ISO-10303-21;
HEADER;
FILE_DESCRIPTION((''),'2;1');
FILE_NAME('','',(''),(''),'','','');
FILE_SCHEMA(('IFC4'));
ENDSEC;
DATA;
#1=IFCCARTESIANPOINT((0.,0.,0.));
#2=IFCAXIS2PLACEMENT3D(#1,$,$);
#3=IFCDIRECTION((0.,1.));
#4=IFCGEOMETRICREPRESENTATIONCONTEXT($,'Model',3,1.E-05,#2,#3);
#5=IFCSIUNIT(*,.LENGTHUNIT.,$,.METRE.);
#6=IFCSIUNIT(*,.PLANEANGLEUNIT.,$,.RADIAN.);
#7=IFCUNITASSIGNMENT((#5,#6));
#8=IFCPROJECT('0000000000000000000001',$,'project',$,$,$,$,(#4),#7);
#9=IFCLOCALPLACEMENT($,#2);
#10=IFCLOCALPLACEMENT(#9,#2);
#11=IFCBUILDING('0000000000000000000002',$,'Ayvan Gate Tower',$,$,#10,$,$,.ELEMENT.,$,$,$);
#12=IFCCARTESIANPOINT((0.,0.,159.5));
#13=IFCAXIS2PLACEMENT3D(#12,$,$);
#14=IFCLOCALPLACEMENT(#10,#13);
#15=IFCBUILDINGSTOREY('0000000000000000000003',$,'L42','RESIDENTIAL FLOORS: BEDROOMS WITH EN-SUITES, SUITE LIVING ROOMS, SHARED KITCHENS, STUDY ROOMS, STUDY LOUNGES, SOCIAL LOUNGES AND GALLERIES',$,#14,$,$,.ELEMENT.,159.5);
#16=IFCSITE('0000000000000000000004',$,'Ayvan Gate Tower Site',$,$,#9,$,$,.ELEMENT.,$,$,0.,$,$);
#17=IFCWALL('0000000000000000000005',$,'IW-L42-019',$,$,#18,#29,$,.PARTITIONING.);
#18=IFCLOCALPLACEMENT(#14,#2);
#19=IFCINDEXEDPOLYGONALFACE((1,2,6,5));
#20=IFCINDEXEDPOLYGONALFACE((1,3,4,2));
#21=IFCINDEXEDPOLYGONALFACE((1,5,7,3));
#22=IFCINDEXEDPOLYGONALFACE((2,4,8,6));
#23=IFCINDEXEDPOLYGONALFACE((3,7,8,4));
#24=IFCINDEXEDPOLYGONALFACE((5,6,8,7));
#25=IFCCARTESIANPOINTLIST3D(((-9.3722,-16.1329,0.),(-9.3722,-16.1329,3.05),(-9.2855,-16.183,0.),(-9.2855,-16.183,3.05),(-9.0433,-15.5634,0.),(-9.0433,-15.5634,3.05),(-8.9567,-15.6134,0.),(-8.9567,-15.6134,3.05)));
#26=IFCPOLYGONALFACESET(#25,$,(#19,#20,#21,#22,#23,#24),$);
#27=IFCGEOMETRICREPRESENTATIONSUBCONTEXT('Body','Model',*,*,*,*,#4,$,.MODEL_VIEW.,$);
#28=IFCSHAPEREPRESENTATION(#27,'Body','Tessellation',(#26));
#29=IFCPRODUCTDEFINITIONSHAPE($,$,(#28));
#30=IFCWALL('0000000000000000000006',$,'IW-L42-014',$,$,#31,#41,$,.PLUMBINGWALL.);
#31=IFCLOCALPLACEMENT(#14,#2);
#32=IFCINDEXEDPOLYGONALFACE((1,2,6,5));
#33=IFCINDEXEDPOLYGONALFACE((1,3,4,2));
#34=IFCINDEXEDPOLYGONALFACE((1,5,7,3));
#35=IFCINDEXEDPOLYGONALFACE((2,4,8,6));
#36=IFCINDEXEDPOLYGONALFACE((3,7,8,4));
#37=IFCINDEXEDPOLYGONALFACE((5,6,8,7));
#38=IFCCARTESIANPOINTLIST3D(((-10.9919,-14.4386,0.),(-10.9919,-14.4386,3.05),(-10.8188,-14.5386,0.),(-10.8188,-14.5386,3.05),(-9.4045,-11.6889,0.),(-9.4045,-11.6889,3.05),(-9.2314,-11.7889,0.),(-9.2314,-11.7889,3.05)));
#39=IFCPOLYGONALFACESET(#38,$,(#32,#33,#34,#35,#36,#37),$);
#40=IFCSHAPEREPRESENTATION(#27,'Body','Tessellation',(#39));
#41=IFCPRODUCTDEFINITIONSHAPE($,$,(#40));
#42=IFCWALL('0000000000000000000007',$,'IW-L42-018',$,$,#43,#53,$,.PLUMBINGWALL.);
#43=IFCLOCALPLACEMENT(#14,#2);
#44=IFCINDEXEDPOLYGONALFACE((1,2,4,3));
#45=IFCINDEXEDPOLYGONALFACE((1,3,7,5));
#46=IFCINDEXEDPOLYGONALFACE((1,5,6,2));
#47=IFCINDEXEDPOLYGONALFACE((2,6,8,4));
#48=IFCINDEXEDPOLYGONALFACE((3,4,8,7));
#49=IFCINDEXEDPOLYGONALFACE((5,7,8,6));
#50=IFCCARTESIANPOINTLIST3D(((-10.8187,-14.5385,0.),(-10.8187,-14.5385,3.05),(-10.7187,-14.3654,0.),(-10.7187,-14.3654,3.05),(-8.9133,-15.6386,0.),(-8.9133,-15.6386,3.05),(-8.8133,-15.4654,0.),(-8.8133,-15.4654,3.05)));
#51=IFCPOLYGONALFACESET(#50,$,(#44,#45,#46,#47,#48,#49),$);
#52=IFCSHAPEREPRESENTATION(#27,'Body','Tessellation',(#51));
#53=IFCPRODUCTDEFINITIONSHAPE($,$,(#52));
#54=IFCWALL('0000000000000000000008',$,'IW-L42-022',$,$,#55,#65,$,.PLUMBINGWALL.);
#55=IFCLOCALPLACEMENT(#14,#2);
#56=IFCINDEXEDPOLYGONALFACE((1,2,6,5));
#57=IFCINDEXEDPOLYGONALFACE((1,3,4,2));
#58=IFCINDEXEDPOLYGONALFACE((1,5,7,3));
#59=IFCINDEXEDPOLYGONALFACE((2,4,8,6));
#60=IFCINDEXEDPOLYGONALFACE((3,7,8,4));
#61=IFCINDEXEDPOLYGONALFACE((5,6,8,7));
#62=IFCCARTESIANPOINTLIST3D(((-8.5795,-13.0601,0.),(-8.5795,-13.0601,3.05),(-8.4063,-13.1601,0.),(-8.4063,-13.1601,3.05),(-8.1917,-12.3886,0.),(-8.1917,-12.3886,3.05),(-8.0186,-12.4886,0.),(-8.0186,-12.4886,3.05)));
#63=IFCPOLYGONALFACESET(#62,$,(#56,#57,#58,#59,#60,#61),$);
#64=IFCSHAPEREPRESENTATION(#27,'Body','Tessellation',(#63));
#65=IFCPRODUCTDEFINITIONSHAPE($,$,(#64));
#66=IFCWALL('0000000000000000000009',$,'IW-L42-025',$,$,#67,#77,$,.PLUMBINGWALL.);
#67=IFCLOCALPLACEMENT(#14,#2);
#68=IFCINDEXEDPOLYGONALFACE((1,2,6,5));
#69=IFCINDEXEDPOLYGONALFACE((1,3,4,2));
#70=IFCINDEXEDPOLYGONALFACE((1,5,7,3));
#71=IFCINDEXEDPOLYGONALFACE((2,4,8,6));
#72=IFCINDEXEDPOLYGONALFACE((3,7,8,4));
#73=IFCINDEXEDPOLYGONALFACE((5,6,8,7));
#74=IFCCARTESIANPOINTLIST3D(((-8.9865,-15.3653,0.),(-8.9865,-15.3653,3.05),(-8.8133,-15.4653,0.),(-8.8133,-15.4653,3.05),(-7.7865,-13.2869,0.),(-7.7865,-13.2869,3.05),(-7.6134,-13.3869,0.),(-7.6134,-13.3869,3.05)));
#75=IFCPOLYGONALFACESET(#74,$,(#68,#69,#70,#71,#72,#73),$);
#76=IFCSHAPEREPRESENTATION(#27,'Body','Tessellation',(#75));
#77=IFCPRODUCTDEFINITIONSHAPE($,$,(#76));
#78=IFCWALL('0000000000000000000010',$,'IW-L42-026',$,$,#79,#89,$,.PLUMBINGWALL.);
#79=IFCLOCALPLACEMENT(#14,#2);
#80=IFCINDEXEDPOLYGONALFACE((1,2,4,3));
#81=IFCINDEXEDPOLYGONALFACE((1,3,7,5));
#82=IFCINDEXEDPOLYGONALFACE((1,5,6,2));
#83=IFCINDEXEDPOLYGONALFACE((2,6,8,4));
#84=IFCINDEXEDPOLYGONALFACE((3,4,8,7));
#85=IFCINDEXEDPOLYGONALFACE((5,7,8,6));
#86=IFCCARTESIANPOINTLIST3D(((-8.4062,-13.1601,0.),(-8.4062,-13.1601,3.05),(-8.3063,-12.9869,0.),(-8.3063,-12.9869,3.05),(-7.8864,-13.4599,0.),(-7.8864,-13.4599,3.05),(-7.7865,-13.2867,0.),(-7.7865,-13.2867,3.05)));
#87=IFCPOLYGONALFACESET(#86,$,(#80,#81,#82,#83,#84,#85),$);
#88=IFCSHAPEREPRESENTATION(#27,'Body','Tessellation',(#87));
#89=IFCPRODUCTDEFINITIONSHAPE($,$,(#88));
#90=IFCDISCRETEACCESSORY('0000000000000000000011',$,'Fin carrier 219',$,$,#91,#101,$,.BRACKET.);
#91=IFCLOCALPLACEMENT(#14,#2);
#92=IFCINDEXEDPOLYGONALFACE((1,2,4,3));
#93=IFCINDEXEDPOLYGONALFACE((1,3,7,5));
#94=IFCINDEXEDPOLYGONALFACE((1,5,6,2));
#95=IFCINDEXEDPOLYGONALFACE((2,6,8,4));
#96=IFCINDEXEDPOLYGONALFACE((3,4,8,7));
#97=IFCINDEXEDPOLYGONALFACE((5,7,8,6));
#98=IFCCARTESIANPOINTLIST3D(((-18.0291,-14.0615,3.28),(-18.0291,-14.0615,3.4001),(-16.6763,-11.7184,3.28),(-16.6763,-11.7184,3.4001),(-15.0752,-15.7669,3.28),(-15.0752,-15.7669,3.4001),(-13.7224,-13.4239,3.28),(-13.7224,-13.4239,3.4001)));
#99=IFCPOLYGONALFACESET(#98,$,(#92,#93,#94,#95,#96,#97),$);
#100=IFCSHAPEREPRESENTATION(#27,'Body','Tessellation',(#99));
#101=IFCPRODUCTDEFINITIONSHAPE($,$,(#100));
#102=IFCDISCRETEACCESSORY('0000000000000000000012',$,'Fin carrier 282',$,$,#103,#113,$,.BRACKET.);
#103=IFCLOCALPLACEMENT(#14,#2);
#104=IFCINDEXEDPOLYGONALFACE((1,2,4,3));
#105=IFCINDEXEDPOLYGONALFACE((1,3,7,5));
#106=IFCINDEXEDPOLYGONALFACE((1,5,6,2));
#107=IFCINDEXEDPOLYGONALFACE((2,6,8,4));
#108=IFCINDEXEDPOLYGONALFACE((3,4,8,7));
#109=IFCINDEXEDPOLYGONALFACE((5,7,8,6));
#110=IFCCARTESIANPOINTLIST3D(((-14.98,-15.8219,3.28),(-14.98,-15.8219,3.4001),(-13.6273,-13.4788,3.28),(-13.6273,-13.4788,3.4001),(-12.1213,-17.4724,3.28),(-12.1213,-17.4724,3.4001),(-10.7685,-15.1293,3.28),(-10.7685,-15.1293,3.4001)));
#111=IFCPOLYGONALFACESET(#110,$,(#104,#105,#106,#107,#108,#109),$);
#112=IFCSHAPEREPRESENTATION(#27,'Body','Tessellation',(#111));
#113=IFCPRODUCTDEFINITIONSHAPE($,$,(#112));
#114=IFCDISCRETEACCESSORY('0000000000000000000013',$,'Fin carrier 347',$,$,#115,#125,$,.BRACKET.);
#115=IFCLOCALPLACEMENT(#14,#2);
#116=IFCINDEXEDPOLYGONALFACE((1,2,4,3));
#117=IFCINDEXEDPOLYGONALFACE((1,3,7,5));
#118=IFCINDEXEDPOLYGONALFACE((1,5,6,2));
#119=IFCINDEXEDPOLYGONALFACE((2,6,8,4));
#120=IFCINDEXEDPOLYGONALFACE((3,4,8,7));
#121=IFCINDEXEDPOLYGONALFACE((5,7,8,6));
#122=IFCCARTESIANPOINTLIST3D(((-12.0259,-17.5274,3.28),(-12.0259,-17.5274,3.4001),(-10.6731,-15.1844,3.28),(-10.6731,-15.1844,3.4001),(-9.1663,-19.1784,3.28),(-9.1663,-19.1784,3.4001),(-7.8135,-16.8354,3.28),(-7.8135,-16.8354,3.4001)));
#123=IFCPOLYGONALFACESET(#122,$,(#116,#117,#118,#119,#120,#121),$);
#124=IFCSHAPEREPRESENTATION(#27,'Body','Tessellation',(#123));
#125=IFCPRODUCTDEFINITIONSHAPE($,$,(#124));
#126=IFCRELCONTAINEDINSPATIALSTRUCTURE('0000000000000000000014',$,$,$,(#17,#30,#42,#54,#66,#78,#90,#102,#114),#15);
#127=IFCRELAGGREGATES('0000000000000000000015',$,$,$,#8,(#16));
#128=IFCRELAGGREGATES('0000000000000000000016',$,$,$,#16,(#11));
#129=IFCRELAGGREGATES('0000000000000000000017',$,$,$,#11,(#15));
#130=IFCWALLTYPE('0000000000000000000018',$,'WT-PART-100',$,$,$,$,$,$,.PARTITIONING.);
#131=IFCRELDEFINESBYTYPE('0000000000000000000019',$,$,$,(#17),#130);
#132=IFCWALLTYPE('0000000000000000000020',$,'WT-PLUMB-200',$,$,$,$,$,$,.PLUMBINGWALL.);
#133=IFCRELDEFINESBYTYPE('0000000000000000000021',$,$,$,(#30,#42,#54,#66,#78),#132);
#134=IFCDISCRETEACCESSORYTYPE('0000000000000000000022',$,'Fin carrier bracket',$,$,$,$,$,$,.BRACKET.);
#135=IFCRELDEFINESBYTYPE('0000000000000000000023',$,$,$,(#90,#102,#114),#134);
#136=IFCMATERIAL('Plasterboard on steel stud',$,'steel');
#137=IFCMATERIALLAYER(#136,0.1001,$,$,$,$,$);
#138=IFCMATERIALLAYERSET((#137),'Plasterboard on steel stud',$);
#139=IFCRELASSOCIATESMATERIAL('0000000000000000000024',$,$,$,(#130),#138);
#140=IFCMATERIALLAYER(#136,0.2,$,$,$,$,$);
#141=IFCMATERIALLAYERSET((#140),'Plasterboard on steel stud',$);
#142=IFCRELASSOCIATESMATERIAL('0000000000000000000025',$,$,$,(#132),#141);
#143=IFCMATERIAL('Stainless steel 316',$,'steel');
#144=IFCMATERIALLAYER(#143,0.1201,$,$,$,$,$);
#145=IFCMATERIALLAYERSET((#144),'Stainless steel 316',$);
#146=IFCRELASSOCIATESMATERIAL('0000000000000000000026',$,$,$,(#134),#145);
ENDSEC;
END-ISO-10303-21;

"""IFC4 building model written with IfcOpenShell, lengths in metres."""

from ifc_helpers import new_model, si_unit, direction, frame, frame_2d, origin, origin_2d, place, context, subcontext, project, spatial, rectangle, extrude, material, layer, layer_set, type_object, element, save


model = new_model("IFC4")

# Units and contexts
model_context = context("Model", 3, precision=1e-05, world=origin(), true_north=direction((0.0, 1.0)))
body_context = subcontext(model_context, "Body", "Model", "MODEL_VIEW")
ifc_project = project(units=[si_unit("LENGTHUNIT", "METRE"), si_unit("PLANEANGLEUNIT", "RADIAN")], contexts=[model_context])

# Site, building, storey
site_placement = place(None, origin())
site = spatial("IfcSite", under=ifc_project, at=site_placement, Name="Ayvan Gate Tower Site", CompositionType="ELEMENT", RefElevation=0.0)
building_placement = place(site_placement, origin())
building = spatial("IfcBuilding", under=site, at=building_placement, Name="Ayvan Gate Tower", CompositionType="ELEMENT")
storey_placement = place(building_placement, frame((0.0, 0.0, 159.5)))
storey = spatial("IfcBuildingStorey", under=building, at=storey_placement, Name="L42", Description="RESIDENTIAL FLOORS: BEDROOMS WITH EN-SUITES, SUITE LIVING ROOMS, SHARED KITCHENS, STUDY ROOMS, STUDY LOUNGES, SOCIAL LOUNGES AND GALLERIES", CompositionType="ELEMENT", Elevation=159.5)

# Walls
ifc_material_1 = material(Name="Plasterboard on steel stud", Category="steel")
ifc_layer_1 = layer(ifc_material_1, 0.1001)
ifc_layer_set_1 = layer_set([ifc_layer_1], Name="Plasterboard on steel stud")
wall_type_1 = type_object("IfcWallType", Name="WT-PART-100", PredefinedType="PARTITIONING", material=ifc_layer_set_1)
wall_1_placement = place(storey_placement, frame((-9.0, -15.5884, 0.0), z_axis=(0.0, 0.0, 1.0), x_axis=(-0.500012, -0.866019, 0.0)))
element("IfcWall", 1, at=wall_1_placement, inside=storey, type_object=wall_type_1, Name="IW-L42-019", PredefinedType="PARTITIONING", context=body_context, shape_type="SweptSolid", body=[
    extrude(rectangle(XDim=0.6577, YDim=0.1001, at=frame_2d((0.3289, 0.0))), origin(), (0.0, 0.0, 1.0), 3.05),
])
ifc_layer_2 = layer(ifc_material_1, 0.2)
ifc_layer_set_2 = layer_set([ifc_layer_2], Name="Plasterboard on steel stud")
wall_type_2 = type_object("IfcWallType", Name="WT-PLUMB-200", PredefinedType="PLUMBINGWALL", material=ifc_layer_set_2)
wall_2_placement = place(storey_placement, frame((-10.9053, -14.4885, 0.0), z_axis=(0.0, 0.0, 1.0), x_axis=(0.49996, 0.866049, 0.0)))
element("IfcWall", 2, at=wall_2_placement, inside=storey, type_object=wall_type_2, Name="IW-L42-014", PredefinedType="PLUMBINGWALL", context=body_context, shape_type="SweptSolid", body=[
    extrude(rectangle(XDim=3.175, YDim=0.2, at=frame_2d((1.5874, 0.0))), origin(), (0.0, 0.0, 1.0), 3.05),
])
wall_3_placement = place(storey_placement, frame((-8.8633, -15.552, 0.0), z_axis=(0.0, 0.0, 1.0), x_axis=(-0.866036, 0.499982, 0.0)))
element("IfcWall", 3, at=wall_3_placement, inside=storey, type_object=wall_type_2, Name="IW-L42-018", PredefinedType="PLUMBINGWALL", context=body_context, shape_type="SweptSolid", body=[
    extrude(rectangle(XDim=2.2002, YDim=0.2, at=frame_2d((1.1001, 0.0))), origin(), (0.0, 0.0, 1.0), 3.05),
])
wall_4_placement = place(storey_placement, frame((-8.4929, -13.1101, 0.0), z_axis=(0.0, 0.0, 1.0), x_axis=(0.500068, 0.865986, 0.0)))
element("IfcWall", 4, at=wall_4_placement, inside=storey, type_object=wall_type_2, Name="IW-L42-022", PredefinedType="PLUMBINGWALL", context=body_context, shape_type="SweptSolid", body=[
    extrude(rectangle(XDim=0.7754, YDim=0.2, at=frame_2d((0.3877, 0.0))), origin(), (0.0, 0.0, 1.0), 3.05),
])
wall_5_placement = place(storey_placement, frame((-7.7, -13.3369, 0.0), z_axis=(0.0, 0.0, 1.0), x_axis=(-0.500001, -0.866025, 0.0)))
element("IfcWall", 5, at=wall_5_placement, inside=storey, type_object=wall_type_2, Name="IW-L42-025", PredefinedType="PLUMBINGWALL", context=body_context, shape_type="SweptSolid", body=[
    extrude(rectangle(XDim=2.3999, YDim=0.2, at=frame_2d((1.2, 0.0))), origin(), (0.0, 0.0, 1.0), 3.05),
])
wall_6_placement = place(storey_placement, frame((-7.8364, -13.3733, 0.0), z_axis=(0.0, 0.0, 1.0), x_axis=(-0.866233, 0.49964, 0.0)))
element("IfcWall", 6, at=wall_6_placement, inside=storey, type_object=wall_type_2, Name="IW-L42-026", PredefinedType="PLUMBINGWALL", context=body_context, shape_type="SweptSolid", body=[
    extrude(rectangle(XDim=0.6001, YDim=0.2, at=frame_2d((0.3, 0.0))), origin(), (0.0, 0.0, 1.0), 3.05),
])

# Discrete accessories
ifc_material_2 = material(Name="Stainless steel 316", Category="steel")
ifc_layer_3 = layer(ifc_material_2, 0.1201)
ifc_layer_set_3 = layer_set([ifc_layer_3], Name="Stainless steel 316")
discrete_accessory_type = type_object("IfcDiscreteAccessoryType", Name="Fin carrier bracket", PredefinedType="BRACKET", material=ifc_layer_set_3)
discrete_accessory_1_placement = place(storey_placement, frame((-15.8757, -13.7427, 3.28), z_axis=(0.0, 0.0, 1.0), x_axis=(0.866025, -0.5, 0.0)))
element("IfcDiscreteAccessory", 7, at=discrete_accessory_1_placement, inside=storey, type_object=discrete_accessory_type, Name="Fin carrier 219", PredefinedType="BRACKET", context=body_context, shape_type="SweptSolid", body=[
    extrude(rectangle(XDim=3.4109, YDim=2.7056, at=origin_2d()), origin(), (0.0, 0.0, 1.0), 0.1201),
])
discrete_accessory_2_placement = place(storey_placement, frame((-12.8743, -15.4756, 3.28), z_axis=(0.0, 0.0, 1.0), x_axis=(0.866025, -0.5, 0.0)))
element("IfcDiscreteAccessory", 8, at=discrete_accessory_2_placement, inside=storey, type_object=discrete_accessory_type, Name="Fin carrier 282", PredefinedType="BRACKET", context=body_context, shape_type="SweptSolid", body=[
    extrude(rectangle(XDim=3.301, YDim=2.7056, at=origin_2d()), origin(), (0.0, 0.0, 1.0), 0.1201),
])
discrete_accessory_3_placement = place(storey_placement, frame((-9.9197, -17.1814, 3.28), z_axis=(0.0, 0.0, 1.0), x_axis=(0.866025, -0.5, 0.0)))
element("IfcDiscreteAccessory", 9, at=discrete_accessory_3_placement, inside=storey, type_object=discrete_accessory_type, Name="Fin carrier 347", PredefinedType="BRACKET", context=body_context, shape_type="SweptSolid", body=[
    extrude(rectangle(XDim=3.302, YDim=2.7056, at=origin_2d()), origin(), (0.0, 0.0, 1.0), 0.1201),
])

save(model, "model.ifc")
